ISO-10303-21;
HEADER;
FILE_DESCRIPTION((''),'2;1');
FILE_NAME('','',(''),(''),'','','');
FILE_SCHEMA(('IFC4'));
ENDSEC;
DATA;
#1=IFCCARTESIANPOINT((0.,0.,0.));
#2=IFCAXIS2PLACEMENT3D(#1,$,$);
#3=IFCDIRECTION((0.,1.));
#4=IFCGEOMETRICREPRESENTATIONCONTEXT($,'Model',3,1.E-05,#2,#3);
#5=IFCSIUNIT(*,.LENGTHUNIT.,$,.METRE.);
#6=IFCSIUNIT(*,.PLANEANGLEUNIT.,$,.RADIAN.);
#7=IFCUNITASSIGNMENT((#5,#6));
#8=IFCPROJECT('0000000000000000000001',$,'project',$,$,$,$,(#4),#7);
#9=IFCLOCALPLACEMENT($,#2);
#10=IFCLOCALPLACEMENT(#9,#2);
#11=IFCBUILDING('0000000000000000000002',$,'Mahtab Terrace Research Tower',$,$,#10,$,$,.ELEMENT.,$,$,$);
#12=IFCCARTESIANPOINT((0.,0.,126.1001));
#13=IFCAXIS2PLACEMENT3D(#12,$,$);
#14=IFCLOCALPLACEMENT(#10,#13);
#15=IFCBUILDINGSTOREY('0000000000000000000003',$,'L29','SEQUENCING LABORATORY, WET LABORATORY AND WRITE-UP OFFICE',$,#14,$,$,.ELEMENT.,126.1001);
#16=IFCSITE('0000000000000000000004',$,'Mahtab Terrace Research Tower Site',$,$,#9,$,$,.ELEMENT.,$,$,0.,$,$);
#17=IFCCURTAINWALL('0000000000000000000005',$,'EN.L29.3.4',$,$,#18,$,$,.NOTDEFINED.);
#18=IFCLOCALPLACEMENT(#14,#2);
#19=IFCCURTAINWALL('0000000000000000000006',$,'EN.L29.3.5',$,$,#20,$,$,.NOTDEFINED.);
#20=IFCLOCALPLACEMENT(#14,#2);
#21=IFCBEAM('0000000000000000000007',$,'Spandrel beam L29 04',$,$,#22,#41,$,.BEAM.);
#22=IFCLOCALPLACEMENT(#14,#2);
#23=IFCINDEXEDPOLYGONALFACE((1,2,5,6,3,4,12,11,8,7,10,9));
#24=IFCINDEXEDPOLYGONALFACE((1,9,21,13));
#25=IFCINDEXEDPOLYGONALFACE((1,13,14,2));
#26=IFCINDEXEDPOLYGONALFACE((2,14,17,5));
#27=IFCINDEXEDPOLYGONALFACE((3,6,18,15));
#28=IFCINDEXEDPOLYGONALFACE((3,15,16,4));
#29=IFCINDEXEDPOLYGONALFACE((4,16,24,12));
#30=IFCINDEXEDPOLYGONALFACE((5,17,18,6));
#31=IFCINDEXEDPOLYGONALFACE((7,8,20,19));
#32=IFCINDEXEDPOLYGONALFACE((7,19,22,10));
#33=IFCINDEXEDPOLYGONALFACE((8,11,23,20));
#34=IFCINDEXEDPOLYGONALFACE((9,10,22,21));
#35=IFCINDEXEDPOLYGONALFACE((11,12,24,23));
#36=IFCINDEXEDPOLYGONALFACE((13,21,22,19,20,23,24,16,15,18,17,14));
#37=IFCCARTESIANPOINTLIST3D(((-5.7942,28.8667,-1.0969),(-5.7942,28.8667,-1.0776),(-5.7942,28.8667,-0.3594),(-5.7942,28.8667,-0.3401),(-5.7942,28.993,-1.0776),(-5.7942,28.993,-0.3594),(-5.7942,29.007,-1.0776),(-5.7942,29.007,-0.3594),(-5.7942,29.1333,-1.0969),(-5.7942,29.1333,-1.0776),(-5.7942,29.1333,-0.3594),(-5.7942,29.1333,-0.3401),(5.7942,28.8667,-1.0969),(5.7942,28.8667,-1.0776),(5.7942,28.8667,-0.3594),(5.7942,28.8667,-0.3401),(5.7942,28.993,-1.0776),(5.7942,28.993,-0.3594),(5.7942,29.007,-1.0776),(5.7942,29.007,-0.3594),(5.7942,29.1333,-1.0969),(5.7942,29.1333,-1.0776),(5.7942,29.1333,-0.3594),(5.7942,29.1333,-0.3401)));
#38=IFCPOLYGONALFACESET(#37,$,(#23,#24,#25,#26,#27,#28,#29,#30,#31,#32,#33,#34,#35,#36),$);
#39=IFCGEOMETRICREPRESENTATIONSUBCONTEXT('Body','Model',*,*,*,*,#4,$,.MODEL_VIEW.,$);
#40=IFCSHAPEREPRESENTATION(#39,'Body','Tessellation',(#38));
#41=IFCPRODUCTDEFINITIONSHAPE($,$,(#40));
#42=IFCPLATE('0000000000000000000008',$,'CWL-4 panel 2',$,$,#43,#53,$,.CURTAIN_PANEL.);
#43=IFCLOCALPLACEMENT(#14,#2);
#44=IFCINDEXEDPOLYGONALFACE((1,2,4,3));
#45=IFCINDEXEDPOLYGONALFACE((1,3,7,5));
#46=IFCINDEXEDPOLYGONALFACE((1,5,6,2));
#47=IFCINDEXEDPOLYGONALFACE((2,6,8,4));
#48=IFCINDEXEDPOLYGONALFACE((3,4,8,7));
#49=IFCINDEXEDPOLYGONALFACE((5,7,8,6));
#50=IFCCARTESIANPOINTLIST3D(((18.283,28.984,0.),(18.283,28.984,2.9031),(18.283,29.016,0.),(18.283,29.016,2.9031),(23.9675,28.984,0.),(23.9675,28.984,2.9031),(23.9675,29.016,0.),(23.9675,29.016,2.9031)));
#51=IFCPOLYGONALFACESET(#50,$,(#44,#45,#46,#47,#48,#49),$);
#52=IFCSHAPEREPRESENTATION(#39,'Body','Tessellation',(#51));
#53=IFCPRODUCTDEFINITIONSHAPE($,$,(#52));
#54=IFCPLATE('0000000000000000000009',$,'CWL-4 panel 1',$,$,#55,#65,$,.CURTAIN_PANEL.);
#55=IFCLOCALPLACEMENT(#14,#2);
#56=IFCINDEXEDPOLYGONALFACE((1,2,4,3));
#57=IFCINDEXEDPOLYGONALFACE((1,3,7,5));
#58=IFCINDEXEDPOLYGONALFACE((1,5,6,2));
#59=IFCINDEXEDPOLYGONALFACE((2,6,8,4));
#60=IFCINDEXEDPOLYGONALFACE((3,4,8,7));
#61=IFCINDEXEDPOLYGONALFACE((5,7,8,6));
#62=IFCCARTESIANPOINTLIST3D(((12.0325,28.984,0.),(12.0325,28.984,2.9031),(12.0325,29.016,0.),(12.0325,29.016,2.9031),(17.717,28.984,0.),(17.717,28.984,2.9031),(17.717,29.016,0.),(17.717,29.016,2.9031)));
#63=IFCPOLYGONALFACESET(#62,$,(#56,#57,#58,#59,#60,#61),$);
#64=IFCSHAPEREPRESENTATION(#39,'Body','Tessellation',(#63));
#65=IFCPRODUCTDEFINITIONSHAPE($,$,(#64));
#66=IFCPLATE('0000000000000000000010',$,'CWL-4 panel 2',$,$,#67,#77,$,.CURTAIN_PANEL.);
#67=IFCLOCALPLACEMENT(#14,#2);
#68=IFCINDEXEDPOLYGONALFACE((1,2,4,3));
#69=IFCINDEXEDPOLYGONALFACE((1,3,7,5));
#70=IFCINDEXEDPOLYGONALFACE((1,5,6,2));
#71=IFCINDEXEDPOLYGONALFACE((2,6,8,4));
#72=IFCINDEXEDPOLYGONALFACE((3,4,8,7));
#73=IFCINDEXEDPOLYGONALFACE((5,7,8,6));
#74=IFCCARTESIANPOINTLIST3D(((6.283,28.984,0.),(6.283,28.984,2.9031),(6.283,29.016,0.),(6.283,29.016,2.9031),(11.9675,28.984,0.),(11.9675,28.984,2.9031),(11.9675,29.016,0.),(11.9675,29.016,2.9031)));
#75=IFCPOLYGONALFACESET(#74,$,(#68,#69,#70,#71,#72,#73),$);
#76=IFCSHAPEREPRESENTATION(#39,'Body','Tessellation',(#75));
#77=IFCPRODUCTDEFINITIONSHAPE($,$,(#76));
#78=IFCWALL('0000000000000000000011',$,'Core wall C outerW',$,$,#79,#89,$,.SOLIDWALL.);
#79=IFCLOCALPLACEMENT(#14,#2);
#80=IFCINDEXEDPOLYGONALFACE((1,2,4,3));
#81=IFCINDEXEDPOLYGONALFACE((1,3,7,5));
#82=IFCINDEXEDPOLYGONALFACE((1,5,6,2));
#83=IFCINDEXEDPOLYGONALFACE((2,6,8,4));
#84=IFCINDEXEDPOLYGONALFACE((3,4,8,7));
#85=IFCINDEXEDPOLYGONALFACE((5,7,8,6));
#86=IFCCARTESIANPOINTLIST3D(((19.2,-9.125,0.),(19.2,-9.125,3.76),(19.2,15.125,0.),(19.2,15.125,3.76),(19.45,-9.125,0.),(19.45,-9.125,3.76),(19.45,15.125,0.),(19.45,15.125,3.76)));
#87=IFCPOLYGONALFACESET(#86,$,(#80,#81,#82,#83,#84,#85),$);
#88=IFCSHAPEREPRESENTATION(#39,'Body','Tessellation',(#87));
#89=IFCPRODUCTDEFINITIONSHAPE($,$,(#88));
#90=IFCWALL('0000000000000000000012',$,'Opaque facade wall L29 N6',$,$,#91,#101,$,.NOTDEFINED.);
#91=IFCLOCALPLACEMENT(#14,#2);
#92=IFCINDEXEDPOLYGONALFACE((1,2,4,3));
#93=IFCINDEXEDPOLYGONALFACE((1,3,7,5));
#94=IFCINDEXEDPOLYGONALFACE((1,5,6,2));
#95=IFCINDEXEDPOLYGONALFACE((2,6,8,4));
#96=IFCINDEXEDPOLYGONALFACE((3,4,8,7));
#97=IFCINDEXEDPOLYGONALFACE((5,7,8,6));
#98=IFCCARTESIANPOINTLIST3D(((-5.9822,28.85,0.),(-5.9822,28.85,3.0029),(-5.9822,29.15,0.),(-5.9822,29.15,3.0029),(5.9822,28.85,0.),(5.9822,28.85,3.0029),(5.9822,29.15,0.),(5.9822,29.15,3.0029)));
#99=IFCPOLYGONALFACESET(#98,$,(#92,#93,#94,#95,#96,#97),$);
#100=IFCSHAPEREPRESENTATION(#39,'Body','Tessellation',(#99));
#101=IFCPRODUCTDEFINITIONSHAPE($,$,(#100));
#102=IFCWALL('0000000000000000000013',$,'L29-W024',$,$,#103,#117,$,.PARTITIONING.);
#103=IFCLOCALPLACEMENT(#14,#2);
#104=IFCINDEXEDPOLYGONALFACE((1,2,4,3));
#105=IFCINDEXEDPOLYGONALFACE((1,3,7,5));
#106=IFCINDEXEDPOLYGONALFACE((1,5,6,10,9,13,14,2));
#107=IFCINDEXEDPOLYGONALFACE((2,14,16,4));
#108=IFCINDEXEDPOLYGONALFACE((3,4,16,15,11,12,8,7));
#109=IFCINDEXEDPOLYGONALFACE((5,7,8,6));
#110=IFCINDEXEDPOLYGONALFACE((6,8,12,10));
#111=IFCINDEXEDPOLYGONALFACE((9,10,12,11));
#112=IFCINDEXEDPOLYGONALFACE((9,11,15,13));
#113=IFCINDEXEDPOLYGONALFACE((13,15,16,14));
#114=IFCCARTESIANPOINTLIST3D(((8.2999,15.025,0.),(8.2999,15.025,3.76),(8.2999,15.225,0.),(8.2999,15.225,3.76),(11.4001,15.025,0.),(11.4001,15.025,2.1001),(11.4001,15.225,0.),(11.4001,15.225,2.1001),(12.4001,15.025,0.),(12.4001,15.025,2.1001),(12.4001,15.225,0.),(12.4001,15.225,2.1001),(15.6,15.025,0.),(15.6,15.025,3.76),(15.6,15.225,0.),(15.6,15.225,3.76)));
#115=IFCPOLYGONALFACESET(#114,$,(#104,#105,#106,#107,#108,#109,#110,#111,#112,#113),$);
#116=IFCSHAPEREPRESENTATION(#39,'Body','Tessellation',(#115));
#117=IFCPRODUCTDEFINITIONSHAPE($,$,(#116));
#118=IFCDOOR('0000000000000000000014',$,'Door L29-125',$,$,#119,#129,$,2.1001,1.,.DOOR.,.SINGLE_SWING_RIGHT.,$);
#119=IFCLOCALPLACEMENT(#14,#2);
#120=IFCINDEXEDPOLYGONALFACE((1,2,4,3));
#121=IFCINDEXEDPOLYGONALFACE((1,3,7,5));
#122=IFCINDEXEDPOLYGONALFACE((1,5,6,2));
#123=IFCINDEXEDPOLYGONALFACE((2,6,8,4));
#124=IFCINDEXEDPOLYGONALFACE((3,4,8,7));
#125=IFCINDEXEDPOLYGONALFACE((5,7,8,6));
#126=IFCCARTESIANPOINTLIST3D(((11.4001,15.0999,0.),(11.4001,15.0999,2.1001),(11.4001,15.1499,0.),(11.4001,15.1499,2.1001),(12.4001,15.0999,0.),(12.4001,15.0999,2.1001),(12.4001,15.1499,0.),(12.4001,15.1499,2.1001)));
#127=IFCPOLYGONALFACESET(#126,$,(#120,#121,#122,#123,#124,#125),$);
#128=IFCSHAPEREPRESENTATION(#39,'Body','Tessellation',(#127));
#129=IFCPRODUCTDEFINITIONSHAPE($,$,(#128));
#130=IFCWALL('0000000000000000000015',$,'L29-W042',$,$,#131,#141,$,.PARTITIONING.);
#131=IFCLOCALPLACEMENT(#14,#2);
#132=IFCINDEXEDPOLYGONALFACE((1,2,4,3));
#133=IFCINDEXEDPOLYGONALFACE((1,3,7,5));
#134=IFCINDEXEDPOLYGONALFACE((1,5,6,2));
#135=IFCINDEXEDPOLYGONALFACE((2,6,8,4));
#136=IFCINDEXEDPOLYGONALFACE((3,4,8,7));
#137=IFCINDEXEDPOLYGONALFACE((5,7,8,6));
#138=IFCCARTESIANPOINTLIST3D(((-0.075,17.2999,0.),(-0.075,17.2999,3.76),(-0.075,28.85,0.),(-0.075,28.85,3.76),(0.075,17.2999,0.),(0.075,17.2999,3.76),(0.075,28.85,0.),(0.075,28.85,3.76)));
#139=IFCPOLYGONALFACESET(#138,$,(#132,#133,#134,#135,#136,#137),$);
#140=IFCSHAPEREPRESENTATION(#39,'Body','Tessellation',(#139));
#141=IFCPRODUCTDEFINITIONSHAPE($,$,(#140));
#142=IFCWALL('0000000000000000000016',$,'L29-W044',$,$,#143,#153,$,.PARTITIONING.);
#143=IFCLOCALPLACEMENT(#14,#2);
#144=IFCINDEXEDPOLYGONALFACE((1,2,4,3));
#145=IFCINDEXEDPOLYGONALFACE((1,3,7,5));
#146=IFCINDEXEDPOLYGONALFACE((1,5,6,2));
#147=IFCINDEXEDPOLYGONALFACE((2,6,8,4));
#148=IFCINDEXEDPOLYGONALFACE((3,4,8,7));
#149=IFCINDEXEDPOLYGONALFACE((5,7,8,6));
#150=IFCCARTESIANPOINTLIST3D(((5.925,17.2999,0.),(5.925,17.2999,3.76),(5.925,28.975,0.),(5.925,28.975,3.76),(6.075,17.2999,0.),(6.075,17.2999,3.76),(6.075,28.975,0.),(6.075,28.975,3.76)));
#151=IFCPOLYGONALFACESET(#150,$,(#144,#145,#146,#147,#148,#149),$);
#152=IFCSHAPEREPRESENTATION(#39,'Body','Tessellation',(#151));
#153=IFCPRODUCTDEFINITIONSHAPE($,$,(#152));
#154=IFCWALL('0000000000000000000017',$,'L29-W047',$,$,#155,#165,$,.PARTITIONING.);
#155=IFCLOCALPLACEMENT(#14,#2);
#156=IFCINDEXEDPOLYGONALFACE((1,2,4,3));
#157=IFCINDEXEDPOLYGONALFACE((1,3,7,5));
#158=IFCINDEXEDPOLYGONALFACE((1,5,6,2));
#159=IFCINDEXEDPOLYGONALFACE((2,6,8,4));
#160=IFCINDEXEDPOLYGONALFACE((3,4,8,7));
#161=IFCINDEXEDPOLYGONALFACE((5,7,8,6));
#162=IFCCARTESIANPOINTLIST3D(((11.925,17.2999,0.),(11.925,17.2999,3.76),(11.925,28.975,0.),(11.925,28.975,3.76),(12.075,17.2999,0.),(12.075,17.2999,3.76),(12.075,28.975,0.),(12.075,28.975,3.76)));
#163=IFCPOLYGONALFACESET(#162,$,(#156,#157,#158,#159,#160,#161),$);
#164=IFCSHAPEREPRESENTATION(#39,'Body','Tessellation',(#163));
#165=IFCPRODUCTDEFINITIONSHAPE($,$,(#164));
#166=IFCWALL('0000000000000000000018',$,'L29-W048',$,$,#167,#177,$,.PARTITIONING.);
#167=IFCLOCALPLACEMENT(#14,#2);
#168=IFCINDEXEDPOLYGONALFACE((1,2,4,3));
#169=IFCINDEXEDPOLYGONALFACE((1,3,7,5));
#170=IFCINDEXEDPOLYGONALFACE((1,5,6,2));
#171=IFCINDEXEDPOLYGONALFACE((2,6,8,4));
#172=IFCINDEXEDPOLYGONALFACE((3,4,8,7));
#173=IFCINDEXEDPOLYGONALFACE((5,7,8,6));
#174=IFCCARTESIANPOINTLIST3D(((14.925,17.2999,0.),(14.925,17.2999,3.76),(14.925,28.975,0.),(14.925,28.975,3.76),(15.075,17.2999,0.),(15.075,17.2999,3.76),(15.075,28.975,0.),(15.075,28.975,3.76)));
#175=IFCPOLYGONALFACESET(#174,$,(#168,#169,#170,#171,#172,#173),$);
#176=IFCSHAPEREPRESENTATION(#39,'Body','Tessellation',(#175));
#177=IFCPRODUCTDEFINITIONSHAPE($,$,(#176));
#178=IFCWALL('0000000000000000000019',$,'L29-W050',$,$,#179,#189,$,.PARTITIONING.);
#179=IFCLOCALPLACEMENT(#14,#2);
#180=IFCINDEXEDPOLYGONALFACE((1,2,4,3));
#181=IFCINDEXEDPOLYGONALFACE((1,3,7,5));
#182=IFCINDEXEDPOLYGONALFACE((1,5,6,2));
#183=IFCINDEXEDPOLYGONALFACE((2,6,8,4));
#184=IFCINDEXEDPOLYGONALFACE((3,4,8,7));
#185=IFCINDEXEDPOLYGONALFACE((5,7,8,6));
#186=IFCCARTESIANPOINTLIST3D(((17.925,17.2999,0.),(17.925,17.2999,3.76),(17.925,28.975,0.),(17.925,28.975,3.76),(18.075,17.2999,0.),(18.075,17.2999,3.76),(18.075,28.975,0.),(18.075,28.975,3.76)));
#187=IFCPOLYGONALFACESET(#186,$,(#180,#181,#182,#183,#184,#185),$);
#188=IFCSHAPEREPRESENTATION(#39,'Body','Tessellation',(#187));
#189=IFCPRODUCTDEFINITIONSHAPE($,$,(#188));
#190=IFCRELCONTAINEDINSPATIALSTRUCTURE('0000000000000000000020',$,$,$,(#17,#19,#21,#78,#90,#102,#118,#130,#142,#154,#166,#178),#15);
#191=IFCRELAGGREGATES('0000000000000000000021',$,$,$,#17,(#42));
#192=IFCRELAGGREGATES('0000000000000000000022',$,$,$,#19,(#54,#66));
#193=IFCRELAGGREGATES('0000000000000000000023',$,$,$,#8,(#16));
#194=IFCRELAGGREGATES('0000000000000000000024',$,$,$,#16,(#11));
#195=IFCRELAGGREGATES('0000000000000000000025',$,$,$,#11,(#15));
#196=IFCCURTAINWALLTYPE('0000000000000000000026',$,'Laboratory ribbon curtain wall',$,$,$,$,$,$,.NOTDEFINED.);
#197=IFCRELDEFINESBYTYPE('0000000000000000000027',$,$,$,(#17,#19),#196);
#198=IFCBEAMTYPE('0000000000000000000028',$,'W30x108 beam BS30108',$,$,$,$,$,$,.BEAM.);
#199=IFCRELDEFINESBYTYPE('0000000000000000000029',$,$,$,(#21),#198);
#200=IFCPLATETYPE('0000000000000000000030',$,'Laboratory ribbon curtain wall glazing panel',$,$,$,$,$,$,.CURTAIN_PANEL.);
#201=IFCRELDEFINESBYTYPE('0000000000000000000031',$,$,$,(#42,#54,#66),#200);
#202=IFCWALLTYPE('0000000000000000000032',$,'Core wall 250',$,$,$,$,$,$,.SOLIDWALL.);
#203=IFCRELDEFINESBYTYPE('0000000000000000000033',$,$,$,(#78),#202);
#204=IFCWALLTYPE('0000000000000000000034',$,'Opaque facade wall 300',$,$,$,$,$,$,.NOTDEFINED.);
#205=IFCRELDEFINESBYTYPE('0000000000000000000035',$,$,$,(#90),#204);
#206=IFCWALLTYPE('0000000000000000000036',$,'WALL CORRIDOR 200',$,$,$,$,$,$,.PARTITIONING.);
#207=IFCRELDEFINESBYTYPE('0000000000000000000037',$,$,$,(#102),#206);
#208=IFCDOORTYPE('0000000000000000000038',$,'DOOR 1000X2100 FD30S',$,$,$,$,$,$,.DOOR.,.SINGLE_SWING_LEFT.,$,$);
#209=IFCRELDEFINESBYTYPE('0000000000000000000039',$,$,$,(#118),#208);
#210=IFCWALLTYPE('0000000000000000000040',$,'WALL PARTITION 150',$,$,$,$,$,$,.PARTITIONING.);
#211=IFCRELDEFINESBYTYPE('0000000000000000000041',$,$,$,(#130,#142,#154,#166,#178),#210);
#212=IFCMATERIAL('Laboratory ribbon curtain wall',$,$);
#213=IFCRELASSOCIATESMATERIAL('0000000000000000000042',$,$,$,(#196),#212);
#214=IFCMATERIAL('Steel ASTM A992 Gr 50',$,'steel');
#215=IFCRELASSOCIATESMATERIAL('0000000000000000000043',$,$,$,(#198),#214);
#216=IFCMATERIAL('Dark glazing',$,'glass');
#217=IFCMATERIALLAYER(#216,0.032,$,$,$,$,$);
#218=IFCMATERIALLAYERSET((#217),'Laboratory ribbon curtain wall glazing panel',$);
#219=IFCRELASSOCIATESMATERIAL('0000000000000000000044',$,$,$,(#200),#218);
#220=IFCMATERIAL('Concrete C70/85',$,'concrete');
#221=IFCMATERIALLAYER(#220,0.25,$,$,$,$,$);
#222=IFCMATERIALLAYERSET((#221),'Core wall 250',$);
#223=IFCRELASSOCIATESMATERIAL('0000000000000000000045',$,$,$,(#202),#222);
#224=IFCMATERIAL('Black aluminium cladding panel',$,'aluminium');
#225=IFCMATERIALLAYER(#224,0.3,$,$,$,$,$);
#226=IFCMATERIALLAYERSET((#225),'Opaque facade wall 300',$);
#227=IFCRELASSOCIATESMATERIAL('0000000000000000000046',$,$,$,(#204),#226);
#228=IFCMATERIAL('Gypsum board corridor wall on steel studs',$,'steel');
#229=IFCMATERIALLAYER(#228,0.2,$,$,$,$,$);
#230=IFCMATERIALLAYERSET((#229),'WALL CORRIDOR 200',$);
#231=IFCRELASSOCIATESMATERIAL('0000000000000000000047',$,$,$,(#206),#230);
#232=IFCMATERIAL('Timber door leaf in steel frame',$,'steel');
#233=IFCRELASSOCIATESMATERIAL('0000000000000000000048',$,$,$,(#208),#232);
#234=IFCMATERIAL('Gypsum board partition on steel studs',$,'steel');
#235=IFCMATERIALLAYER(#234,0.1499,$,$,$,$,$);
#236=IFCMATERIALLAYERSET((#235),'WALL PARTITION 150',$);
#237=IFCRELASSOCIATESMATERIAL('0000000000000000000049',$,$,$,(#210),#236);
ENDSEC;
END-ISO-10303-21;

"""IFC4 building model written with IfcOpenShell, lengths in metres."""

from ifc_helpers import new_model, si_unit, direction, frame, frame_2d, origin, origin_2d, place, context, subcontext, project, spatial, rectangle, i_section, extrude, material, layer, layer_set, material_profile, profile_set, type_object, element, fill, aggregate, save


model = new_model("IFC4")

# Units and contexts
model_context = context("Model", 3, precision=1e-05, world=origin(), true_north=direction((0.0, 1.0)))
body_context = subcontext(model_context, "Body", "Model", "MODEL_VIEW")
ifc_project = project(units=[si_unit("LENGTHUNIT", "METRE"), si_unit("PLANEANGLEUNIT", "RADIAN")], contexts=[model_context])

# Site, building, storey
site_placement = place(None, origin())
site = spatial("IfcSite", under=ifc_project, at=site_placement, Name="Mahtab Terrace Research Tower Site", CompositionType="ELEMENT", RefElevation=0.0)
building_placement = place(site_placement, origin())
building = spatial("IfcBuilding", under=site, at=building_placement, Name="Mahtab Terrace Research Tower", CompositionType="ELEMENT")
storey_placement = place(building_placement, frame((0.0, 0.0, 126.1001)))
storey = spatial("IfcBuildingStorey", under=building, at=storey_placement, Name="L29", Description="SEQUENCING LABORATORY, WET LABORATORY AND WRITE-UP OFFICE", CompositionType="ELEMENT", Elevation=126.1001)

# Shared definitions
ifc_material_1 = material(Name="Steel ASTM A992 Gr 50", Category="steel")

# Curtain walls
ifc_material_2 = material(Name="Laboratory ribbon curtain wall")
curtain_wall_type = type_object("IfcCurtainWallType", Name="Laboratory ribbon curtain wall", PredefinedType="NOTDEFINED", material=ifc_material_2)
curtain_wall_1_placement = place(storey_placement, origin())
curtain_wall_1 = element("IfcCurtainWall", 1, at=curtain_wall_1_placement, inside=storey, type_object=curtain_wall_type, Name="EN.L29.3.4", PredefinedType="NOTDEFINED")
curtain_wall_2_placement = place(storey_placement, origin())
curtain_wall_2 = element("IfcCurtainWall", 2, at=curtain_wall_2_placement, inside=storey, type_object=curtain_wall_type, Name="EN.L29.3.5", PredefinedType="NOTDEFINED")

# Beam
ifc_material_profile_1 = material_profile(ifc_material_1, i_section(OverallWidth=0.2666, OverallDepth=0.7568, WebThickness=0.0139, FlangeThickness=0.0193, at=origin_2d()), Name="W30X108")
ifc_profile_set_1 = profile_set([ifc_material_profile_1], Name="Steel ASTM A992 Gr 50")
beam_type = type_object("IfcBeamType", Name="W30x108 beam BS30108", PredefinedType="BEAM", material=ifc_profile_set_1)
for number, where, z_axis, x_axis, name in (
    (3, (5.7942, 29.0, -0.7185), (-1.0, 0.0, 0.0), (0.0, -1.0, 0.0), "Spandrel beam L29 04"),
):
    element("IfcBeam", number, at=place(storey_placement, frame(where, z_axis=z_axis, x_axis=x_axis)), inside=storey, type_object=beam_type, Name=name, PredefinedType="BEAM", context=body_context, shape_type="SweptSolid", body=[
        extrude(i_section(OverallWidth=0.2666, OverallDepth=0.7568, WebThickness=0.0139, FlangeThickness=0.0193, at=origin_2d()), origin(), (0.0, 0.0, 1.0), 11.5884),
    ])

# Plates
ifc_material_3 = material(Name="Dark glazing", Category="glass")
ifc_layer_1 = layer(ifc_material_3, 0.032)
ifc_layer_set_1 = layer_set([ifc_layer_1], Name="Laboratory ribbon curtain wall glazing panel")
plate_type = type_object("IfcPlateType", Name="Laboratory ribbon curtain wall glazing panel", PredefinedType="CURTAIN_PANEL", material=ifc_layer_set_1)
plate_1_placement = place(storey_placement, frame((21.1252, 29.0, 0.0), z_axis=(0.0, 0.0, 1.0), x_axis=(-1.0, 0.0, 0.0)))
plate_1 = element("IfcPlate", 4, at=plate_1_placement, type_object=plate_type, Name="CWL-4 panel 2", PredefinedType="CURTAIN_PANEL", context=body_context, shape_type="SweptSolid", body=[
    extrude(rectangle(XDim=5.6846, YDim=0.032, at=origin_2d()), origin(), (0.0, 0.0, 1.0), 2.9031),
])
aggregate(curtain_wall_1, [plate_1])
plate_2_placement = place(storey_placement, frame((14.8748, 29.0, 0.0), z_axis=(0.0, 0.0, 1.0), x_axis=(-1.0, 0.0, 0.0)))
plate_2 = element("IfcPlate", 5, at=plate_2_placement, type_object=plate_type, Name="CWL-4 panel 1", PredefinedType="CURTAIN_PANEL", context=body_context, shape_type="SweptSolid", body=[
    extrude(rectangle(XDim=5.6846, YDim=0.032, at=origin_2d()), origin(), (0.0, 0.0, 1.0), 2.9031),
])
plate_3_placement = place(storey_placement, frame((9.1252, 29.0, 0.0), z_axis=(0.0, 0.0, 1.0), x_axis=(-1.0, 0.0, 0.0)))
plate_3 = element("IfcPlate", 6, at=plate_3_placement, type_object=plate_type, Name="CWL-4 panel 2", PredefinedType="CURTAIN_PANEL", context=body_context, shape_type="SweptSolid", body=[
    extrude(rectangle(XDim=5.6846, YDim=0.032, at=origin_2d()), origin(), (0.0, 0.0, 1.0), 2.9031),
])
aggregate(curtain_wall_2, [plate_2, plate_3])

# Walls
ifc_material_4 = material(Name="Concrete C70/85", Category="concrete")
ifc_layer_2 = layer(ifc_material_4, 0.25)
ifc_layer_set_2 = layer_set([ifc_layer_2], Name="Core wall 250")
wall_type_1 = type_object("IfcWallType", Name="Core wall 250", PredefinedType="SOLIDWALL", material=ifc_layer_set_2)
wall_1_placement = place(storey_placement, frame((19.325, 15.125, 0.0), z_axis=(0.0, 0.0, 1.0), x_axis=(0.0, -1.0, 0.0)))
element("IfcWall", 7, at=wall_1_placement, inside=storey, type_object=wall_type_1, Name="Core wall C outerW", PredefinedType="SOLIDWALL", context=body_context, shape_type="SweptSolid", body=[
    extrude(rectangle(XDim=24.25, YDim=0.25, at=frame_2d((12.125, 0.0))), origin(), (0.0, 0.0, 1.0), 3.76),
])
ifc_material_5 = material(Name="Black aluminium cladding panel", Category="aluminium")
ifc_layer_3 = layer(ifc_material_5, 0.3)
ifc_layer_set_3 = layer_set([ifc_layer_3], Name="Opaque facade wall 300")
wall_type_2 = type_object("IfcWallType", Name="Opaque facade wall 300", PredefinedType="NOTDEFINED", material=ifc_layer_set_3)
wall_2_placement = place(storey_placement, frame((5.9822, 29.0, 0.0), z_axis=(0.0, 0.0, 1.0), x_axis=(-1.0, 0.0, 0.0)))
element("IfcWall", 8, at=wall_2_placement, inside=storey, type_object=wall_type_2, Name="Opaque facade wall L29 N6", PredefinedType="NOTDEFINED", context=body_context, shape_type="SweptSolid", body=[
    extrude(rectangle(XDim=11.9644, YDim=0.3, at=frame_2d((5.9822, 0.0))), origin(), (0.0, 0.0, 1.0), 3.0029),
])

# Wall, opening, door
ifc_material_6 = material(Name="Gypsum board corridor wall on steel studs", Category="steel")
ifc_layer_4 = layer(ifc_material_6, 0.2)
ifc_layer_set_4 = layer_set([ifc_layer_4], Name="WALL CORRIDOR 200")
wall_type_3 = type_object("IfcWallType", Name="WALL CORRIDOR 200", PredefinedType="PARTITIONING", material=ifc_layer_set_4)
wall_3_placement = place(storey_placement, frame((8.3, 15.125, 0.0), z_axis=(0.0, 0.0, 1.0), x_axis=(1.0, 0.0, 0.0)))
wall_3 = element("IfcWall", 9, at=wall_3_placement, inside=storey, type_object=wall_type_3, Name="L29-W024", PredefinedType="PARTITIONING", context=body_context, shape_type="SweptSolid", body=[
    extrude(rectangle(XDim=7.3, YDim=0.2, at=frame_2d((3.6499, 0.0))), origin(), (0.0, 0.0, 1.0), 3.76),
])
opening_placement = place(wall_3_placement, frame((3.1001, 0.0, 0.0)))
opening = element("IfcOpeningElement", 10, at=opening_placement, cuts=wall_3, PredefinedType="OPENING", context=body_context, shape_type="SweptSolid", body=[
    extrude(rectangle(XDim=1.0, YDim=2.1001, at=frame_2d((0.5, 1.05))), frame((0.0, 0.1099, 0.0), z_axis=(0.0, -1.0, 0.0), x_axis=(1.0, 0.0, 0.0)), (0.0, 0.0, 1.0), 0.22),
])
ifc_material_7 = material(Name="Timber door leaf in steel frame", Category="steel")
door_type = type_object("IfcDoorType", Name="DOOR 1000X2100 FD30S", OperationType="SINGLE_SWING_LEFT", PredefinedType="DOOR", material=ifc_material_7)
door_placement = place(opening_placement, origin())
door = element("IfcDoor", 11, at=door_placement, inside=storey, type_object=door_type, Name="Door L29-125", OperationType="SINGLE_SWING_RIGHT", OverallHeight=2.1001, OverallWidth=1.0, PredefinedType="DOOR", context=body_context, shape_type="SweptSolid", body=[
    extrude(rectangle(XDim=1.0, YDim=2.1001, at=frame_2d((0.5, 1.05))), frame((0.0, 0.0249, 0.0), z_axis=(0.0, -1.0, 0.0), x_axis=(1.0, 0.0, 0.0)), (0.0, 0.0, 1.0), 0.05),
])
fill(opening, door)

# Walls
ifc_material_8 = material(Name="Gypsum board partition on steel studs", Category="steel")
ifc_layer_5 = layer(ifc_material_8, 0.1499)
ifc_layer_set_5 = layer_set([ifc_layer_5], Name="WALL PARTITION 150")
wall_type_4 = type_object("IfcWallType", Name="WALL PARTITION 150", PredefinedType="PARTITIONING", material=ifc_layer_set_5)
wall_4_placement = place(storey_placement, frame((0.0, 17.3, 0.0), z_axis=(0.0, 0.0, 1.0), x_axis=(0.0, 1.0, 0.0)))
element("IfcWall", 12, at=wall_4_placement, inside=storey, type_object=wall_type_4, Name="L29-W042", PredefinedType="PARTITIONING", context=body_context, shape_type="SweptSolid", body=[
    extrude(rectangle(XDim=11.55, YDim=0.1499, at=frame_2d((5.7749, 0.0))), origin(), (0.0, 0.0, 1.0), 3.76),
])
for number, where, z_axis, x_axis, name in (
    (13, (6.0, 17.3, 0.0), (0.0, 0.0, 1.0), (0.0, 1.0, 0.0), "L29-W044"),
    (14, (12.0, 17.3, 0.0), (0.0, 0.0, 1.0), (0.0, 1.0, 0.0), "L29-W047"),
    (15, (15.0, 17.3, 0.0), (0.0, 0.0, 1.0), (0.0, 1.0, 0.0), "L29-W048"),
    (16, (18.0, 17.3, 0.0), (0.0, 0.0, 1.0), (0.0, 1.0, 0.0), "L29-W050"),
):
    element("IfcWall", number, at=place(storey_placement, frame(where, z_axis=z_axis, x_axis=x_axis)), inside=storey, type_object=wall_type_4, Name=name, PredefinedType="PARTITIONING", context=body_context, shape_type="SweptSolid", body=[
        extrude(rectangle(XDim=11.675, YDim=0.1499, at=frame_2d((5.8374, 0.0))), origin(), (0.0, 0.0, 1.0), 3.76),
    ])

save(model, "model.ifc")
